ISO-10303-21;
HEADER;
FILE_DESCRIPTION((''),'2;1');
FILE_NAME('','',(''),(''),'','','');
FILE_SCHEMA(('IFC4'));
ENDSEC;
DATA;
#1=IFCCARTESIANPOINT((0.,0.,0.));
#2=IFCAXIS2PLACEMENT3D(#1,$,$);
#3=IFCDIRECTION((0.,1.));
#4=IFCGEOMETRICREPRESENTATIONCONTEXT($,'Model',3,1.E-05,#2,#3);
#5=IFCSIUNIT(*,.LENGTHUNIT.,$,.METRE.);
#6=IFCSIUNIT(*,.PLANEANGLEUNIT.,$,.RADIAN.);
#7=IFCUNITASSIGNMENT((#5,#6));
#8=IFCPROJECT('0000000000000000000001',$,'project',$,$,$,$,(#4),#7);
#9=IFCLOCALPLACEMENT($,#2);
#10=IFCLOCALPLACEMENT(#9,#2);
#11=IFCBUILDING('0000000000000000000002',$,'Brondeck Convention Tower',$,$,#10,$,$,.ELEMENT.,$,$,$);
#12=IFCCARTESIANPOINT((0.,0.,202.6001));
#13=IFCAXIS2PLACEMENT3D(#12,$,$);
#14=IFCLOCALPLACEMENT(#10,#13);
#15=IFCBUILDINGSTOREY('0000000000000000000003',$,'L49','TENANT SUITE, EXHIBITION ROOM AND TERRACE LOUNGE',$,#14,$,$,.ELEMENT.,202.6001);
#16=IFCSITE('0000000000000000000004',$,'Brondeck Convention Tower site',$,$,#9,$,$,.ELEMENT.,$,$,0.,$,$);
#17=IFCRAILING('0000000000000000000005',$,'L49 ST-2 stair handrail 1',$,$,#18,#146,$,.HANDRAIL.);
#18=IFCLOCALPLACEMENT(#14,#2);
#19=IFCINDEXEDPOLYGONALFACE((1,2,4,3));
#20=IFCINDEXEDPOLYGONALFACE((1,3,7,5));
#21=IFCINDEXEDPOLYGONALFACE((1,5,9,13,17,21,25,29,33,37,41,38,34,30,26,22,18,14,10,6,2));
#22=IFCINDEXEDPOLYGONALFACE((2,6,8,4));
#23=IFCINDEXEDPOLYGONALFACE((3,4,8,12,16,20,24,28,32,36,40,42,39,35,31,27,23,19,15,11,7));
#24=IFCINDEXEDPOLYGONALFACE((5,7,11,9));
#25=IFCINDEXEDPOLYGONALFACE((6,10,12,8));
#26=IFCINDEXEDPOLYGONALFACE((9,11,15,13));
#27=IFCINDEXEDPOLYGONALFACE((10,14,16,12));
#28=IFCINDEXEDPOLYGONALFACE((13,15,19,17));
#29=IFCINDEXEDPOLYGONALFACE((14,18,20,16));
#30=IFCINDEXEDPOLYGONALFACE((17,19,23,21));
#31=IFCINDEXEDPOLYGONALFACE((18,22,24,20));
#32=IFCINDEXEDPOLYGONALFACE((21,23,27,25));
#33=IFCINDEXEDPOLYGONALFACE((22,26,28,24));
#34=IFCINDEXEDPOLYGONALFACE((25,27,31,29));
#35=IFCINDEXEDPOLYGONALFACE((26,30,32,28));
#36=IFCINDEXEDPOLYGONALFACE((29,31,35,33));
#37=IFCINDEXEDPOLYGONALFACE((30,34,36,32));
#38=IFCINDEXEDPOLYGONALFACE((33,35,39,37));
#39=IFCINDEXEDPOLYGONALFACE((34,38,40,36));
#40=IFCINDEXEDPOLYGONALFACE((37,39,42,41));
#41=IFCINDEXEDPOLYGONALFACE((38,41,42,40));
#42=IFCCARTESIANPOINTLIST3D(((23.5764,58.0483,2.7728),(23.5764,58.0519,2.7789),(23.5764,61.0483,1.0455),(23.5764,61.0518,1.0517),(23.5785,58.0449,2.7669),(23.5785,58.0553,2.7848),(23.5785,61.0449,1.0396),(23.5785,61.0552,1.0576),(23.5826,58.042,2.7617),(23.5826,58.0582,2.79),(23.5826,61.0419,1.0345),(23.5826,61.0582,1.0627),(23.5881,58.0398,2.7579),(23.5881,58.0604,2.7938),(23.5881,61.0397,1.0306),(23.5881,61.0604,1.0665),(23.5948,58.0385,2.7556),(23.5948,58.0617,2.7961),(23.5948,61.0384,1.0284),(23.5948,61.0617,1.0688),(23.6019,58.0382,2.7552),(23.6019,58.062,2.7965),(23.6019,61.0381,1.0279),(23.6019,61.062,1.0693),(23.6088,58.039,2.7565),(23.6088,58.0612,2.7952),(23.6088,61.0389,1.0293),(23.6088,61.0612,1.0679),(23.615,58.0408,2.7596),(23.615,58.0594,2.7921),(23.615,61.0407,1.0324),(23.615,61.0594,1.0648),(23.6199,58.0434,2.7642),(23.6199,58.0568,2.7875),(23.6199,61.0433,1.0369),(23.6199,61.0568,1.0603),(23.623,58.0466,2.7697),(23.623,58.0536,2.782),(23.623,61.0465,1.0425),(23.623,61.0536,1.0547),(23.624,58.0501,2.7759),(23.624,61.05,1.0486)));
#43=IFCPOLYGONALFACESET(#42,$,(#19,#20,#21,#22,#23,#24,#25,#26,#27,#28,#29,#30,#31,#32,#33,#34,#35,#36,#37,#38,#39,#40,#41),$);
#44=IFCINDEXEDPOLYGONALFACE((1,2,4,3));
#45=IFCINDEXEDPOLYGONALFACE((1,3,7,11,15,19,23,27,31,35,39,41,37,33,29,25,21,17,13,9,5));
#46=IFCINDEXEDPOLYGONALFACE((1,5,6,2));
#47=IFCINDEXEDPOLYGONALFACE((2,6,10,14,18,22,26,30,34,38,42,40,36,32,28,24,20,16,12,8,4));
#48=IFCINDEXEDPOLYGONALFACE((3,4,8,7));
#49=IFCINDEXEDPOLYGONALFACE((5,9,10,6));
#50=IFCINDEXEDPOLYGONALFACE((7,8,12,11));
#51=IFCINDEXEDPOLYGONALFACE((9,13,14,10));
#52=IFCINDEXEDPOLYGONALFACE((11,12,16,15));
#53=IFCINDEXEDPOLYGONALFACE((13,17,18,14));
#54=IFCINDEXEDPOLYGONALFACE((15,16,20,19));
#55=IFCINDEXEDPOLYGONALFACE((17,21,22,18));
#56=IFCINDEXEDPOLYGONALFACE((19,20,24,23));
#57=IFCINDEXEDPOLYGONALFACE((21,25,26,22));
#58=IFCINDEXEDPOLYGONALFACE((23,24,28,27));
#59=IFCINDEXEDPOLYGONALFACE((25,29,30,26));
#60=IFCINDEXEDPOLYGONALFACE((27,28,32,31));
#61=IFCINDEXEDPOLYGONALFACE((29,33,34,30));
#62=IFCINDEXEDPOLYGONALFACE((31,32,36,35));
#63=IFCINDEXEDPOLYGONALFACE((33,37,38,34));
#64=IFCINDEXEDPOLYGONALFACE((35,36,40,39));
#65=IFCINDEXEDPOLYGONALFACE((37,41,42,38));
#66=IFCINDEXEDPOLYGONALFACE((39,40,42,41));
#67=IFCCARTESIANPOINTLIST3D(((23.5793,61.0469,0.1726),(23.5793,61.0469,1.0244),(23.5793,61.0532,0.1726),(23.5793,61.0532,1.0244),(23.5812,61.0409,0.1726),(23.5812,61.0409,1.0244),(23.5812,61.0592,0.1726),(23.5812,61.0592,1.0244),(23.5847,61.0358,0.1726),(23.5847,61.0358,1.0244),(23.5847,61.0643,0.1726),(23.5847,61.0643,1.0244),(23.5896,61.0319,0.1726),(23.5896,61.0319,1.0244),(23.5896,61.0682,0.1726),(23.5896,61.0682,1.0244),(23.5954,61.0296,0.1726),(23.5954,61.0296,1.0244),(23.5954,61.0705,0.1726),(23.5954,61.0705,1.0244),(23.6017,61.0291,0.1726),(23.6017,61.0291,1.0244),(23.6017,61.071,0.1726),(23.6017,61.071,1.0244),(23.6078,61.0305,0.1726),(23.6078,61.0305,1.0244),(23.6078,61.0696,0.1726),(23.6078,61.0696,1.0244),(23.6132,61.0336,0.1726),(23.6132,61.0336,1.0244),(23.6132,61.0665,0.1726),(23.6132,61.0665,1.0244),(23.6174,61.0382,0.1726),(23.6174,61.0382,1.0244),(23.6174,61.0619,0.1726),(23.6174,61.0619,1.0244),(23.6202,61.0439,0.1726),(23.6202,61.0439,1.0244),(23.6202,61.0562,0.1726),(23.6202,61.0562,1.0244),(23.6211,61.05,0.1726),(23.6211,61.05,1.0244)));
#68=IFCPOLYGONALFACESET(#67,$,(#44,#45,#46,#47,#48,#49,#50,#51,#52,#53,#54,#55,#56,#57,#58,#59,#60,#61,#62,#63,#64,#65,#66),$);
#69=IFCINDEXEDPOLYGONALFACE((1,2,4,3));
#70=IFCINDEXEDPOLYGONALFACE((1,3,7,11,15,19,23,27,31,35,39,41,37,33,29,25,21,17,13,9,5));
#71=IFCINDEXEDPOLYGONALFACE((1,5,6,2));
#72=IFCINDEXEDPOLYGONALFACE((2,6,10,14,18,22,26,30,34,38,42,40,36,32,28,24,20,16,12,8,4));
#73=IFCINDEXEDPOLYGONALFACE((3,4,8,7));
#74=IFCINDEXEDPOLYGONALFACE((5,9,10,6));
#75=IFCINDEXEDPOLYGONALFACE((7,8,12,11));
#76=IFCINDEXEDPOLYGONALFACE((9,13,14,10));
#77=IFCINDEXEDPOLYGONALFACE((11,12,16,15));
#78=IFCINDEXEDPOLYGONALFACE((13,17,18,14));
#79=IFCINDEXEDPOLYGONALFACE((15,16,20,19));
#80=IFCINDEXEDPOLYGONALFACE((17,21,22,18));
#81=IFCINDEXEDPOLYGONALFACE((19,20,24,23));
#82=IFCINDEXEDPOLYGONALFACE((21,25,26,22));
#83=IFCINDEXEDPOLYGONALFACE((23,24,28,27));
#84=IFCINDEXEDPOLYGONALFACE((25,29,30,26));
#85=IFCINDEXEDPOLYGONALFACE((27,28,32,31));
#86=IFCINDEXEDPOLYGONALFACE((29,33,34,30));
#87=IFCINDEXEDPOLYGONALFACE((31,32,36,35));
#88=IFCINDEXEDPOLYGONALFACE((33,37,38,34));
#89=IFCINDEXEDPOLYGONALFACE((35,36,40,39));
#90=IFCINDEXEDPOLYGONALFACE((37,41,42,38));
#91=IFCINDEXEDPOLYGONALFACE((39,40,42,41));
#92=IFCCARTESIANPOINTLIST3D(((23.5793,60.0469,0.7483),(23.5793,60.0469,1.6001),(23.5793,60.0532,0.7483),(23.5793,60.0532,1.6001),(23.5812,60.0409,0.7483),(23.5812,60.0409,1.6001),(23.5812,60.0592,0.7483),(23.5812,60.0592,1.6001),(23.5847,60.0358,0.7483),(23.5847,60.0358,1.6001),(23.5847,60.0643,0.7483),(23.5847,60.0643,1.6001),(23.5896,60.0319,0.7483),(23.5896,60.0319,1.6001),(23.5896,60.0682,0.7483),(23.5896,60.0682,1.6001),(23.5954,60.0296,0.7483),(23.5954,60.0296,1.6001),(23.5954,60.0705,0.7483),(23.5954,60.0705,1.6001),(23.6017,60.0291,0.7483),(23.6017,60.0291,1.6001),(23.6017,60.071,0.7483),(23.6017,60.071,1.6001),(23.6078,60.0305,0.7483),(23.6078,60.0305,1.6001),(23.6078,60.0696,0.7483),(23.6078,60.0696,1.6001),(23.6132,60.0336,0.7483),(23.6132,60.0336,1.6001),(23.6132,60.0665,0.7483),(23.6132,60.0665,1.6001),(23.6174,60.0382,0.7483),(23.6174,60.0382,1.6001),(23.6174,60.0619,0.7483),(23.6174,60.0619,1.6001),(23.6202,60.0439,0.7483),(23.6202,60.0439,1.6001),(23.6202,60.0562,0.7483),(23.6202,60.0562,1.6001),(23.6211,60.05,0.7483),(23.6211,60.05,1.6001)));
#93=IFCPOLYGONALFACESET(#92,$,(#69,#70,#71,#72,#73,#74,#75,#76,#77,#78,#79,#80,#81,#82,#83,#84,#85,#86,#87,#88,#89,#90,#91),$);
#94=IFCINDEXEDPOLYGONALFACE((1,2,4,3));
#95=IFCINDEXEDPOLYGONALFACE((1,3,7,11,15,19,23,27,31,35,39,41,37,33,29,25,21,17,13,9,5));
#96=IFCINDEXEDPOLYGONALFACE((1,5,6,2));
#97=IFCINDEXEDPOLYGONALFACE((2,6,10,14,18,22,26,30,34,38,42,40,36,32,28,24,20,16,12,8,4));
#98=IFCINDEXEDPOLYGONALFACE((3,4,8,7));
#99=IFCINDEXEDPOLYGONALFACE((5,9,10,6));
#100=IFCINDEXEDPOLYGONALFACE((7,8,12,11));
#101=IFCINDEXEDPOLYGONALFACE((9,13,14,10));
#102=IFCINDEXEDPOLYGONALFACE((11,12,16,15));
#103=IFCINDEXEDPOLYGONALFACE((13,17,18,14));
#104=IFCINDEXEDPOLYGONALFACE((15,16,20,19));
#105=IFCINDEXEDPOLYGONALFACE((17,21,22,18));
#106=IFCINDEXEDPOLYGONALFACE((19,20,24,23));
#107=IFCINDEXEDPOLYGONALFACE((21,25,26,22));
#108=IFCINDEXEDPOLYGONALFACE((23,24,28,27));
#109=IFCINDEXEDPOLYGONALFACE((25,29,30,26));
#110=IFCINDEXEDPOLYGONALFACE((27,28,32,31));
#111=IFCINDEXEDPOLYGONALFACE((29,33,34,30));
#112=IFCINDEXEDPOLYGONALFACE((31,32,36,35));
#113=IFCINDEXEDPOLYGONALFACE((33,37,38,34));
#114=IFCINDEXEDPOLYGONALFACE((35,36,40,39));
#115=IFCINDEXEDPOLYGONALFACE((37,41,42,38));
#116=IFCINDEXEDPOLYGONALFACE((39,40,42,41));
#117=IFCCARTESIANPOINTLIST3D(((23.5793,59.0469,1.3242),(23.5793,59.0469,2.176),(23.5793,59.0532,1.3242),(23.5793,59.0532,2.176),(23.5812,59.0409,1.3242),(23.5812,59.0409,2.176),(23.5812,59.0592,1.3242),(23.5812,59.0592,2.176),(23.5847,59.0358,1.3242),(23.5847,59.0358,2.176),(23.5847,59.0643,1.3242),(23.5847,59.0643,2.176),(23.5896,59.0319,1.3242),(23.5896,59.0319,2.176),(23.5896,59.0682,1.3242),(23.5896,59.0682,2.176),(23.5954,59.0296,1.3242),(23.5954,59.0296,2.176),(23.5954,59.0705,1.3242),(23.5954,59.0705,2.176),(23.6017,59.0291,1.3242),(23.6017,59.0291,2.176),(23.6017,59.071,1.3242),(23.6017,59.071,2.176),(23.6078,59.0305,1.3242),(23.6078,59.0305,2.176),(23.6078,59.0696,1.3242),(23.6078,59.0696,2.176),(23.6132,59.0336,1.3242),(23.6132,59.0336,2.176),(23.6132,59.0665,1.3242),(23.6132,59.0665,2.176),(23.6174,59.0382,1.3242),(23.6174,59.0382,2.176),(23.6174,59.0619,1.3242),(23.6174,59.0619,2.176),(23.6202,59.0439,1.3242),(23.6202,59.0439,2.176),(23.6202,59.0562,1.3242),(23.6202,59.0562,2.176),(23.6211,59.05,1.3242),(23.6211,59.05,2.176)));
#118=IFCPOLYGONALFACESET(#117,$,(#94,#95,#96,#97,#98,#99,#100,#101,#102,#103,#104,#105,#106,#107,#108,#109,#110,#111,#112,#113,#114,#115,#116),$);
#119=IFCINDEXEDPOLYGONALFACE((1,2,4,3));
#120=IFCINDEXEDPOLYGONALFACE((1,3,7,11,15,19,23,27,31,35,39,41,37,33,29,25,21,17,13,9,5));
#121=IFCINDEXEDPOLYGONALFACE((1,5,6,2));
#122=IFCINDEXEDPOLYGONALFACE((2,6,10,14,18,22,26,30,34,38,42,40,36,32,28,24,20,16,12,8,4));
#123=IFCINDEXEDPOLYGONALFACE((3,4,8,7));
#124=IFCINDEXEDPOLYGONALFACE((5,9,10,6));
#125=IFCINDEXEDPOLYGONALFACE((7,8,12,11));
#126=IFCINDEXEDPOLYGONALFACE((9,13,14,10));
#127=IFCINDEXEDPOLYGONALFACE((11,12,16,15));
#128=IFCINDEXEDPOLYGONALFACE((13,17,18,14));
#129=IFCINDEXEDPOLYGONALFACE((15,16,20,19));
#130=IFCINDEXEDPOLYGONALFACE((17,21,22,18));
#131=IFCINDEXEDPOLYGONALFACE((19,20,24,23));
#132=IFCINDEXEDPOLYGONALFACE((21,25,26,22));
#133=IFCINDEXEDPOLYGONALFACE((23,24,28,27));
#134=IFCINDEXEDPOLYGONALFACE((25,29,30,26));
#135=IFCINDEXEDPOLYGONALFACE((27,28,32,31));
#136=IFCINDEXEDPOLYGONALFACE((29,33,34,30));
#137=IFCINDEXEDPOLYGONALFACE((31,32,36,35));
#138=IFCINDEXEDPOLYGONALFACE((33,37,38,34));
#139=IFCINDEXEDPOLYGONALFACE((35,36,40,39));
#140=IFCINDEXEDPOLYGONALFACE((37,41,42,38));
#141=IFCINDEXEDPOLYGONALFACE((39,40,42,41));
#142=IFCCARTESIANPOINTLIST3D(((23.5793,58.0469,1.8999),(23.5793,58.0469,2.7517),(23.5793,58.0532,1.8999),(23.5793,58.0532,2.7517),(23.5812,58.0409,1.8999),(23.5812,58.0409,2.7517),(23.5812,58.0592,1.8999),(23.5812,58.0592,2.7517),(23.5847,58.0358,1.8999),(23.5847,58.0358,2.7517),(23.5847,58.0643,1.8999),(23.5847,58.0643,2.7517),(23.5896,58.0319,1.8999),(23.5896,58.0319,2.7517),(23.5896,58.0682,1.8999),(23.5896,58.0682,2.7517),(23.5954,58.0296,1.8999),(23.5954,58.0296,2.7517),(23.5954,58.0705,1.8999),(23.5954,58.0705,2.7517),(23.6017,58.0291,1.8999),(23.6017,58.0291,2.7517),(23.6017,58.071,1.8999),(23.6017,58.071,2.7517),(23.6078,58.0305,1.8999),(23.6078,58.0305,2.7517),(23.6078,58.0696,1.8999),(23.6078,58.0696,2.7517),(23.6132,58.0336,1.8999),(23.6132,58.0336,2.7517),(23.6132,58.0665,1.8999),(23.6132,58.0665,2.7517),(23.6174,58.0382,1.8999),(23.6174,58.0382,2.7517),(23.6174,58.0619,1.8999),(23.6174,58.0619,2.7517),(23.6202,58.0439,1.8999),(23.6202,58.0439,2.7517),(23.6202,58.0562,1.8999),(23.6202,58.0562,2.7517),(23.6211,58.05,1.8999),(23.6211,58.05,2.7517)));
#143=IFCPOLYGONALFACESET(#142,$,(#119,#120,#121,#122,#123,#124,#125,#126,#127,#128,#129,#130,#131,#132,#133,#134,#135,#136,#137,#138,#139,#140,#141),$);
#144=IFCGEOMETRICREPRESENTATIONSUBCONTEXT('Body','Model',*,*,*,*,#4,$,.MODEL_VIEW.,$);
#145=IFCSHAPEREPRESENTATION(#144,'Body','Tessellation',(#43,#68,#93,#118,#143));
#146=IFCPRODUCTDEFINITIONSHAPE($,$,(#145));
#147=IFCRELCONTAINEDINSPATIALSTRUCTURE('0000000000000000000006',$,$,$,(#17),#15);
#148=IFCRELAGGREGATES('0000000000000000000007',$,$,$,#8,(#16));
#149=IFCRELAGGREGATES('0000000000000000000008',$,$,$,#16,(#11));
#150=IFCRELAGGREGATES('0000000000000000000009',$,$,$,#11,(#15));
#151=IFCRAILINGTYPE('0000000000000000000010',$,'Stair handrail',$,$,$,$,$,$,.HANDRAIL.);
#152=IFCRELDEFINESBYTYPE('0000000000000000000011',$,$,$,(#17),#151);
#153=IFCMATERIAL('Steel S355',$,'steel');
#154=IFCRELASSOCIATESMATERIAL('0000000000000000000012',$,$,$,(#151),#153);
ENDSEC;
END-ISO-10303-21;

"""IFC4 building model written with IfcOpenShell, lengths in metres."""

from ifc_helpers import new_model, si_unit, direction, frame, origin, origin_2d, place, context, subcontext, project, spatial, circle, extrude, material, type_object, element, save


model = new_model("IFC4")

# Units and contexts
model_context = context("Model", 3, precision=1e-05, world=origin(), true_north=direction((0.0, 1.0)))
body_context = subcontext(model_context, "Body", "Model", "MODEL_VIEW")
ifc_project = project(units=[si_unit("LENGTHUNIT", "METRE"), si_unit("PLANEANGLEUNIT", "RADIAN")], contexts=[model_context])

# Site, building, storey
site_placement = place(None, origin())
site = spatial("IfcSite", under=ifc_project, at=site_placement, Name="Brondeck Convention Tower site", CompositionType="ELEMENT", RefElevation=0.0)
building_placement = place(site_placement, origin())
building = spatial("IfcBuilding", under=site, at=building_placement, Name="Brondeck Convention Tower", CompositionType="ELEMENT")
storey_placement = place(building_placement, frame((0.0, 0.0, 202.6001)))
storey = spatial("IfcBuildingStorey", under=building, at=storey_placement, Name="L49", Description="TENANT SUITE, EXHIBITION ROOM AND TERRACE LOUNGE", CompositionType="ELEMENT", Elevation=202.6001)

# Railing
ifc_material_1 = material(Name="Steel S355", Category="steel")
railing_type_1 = type_object("IfcRailingType", Name="Stair handrail", PredefinedType="HANDRAIL", material=ifc_material_1)
railing_1_placement = place(storey_placement, frame((23.6001, 61.05, 0.1726)))
element("IfcRailing", 1, at=railing_1_placement, inside=storey, type_object=railing_type_1, Name="L49 ST-2 stair handrail 1", PredefinedType="HANDRAIL", context=body_context, shape_type="SweptSolid", body=[
    extrude(circle(Radius=0.0239, at=origin_2d()), frame((0.0, 0.0, 0.876), z_axis=(0.0, -0.86662, 0.498969), x_axis=(1.0, 0.0, 0.0)), (0.0, 0.0, 1.0), 3.4617),
    extrude(circle(Radius=0.021, at=origin_2d()), origin(), (0.0, 0.0, 1.0), 0.8518),
    extrude(circle(Radius=0.021, at=origin_2d()), frame((0.0, -1.0, 0.5757)), (0.0, 0.0, 1.0), 0.8518),
    extrude(circle(Radius=0.021, at=origin_2d()), frame((0.0, -2.0, 1.1516)), (0.0, 0.0, 1.0), 0.8518),
    extrude(circle(Radius=0.021, at=origin_2d()), frame((0.0, -3.0, 1.7273)), (0.0, 0.0, 1.0), 0.8518),
])

save(model, "model.ifc")
